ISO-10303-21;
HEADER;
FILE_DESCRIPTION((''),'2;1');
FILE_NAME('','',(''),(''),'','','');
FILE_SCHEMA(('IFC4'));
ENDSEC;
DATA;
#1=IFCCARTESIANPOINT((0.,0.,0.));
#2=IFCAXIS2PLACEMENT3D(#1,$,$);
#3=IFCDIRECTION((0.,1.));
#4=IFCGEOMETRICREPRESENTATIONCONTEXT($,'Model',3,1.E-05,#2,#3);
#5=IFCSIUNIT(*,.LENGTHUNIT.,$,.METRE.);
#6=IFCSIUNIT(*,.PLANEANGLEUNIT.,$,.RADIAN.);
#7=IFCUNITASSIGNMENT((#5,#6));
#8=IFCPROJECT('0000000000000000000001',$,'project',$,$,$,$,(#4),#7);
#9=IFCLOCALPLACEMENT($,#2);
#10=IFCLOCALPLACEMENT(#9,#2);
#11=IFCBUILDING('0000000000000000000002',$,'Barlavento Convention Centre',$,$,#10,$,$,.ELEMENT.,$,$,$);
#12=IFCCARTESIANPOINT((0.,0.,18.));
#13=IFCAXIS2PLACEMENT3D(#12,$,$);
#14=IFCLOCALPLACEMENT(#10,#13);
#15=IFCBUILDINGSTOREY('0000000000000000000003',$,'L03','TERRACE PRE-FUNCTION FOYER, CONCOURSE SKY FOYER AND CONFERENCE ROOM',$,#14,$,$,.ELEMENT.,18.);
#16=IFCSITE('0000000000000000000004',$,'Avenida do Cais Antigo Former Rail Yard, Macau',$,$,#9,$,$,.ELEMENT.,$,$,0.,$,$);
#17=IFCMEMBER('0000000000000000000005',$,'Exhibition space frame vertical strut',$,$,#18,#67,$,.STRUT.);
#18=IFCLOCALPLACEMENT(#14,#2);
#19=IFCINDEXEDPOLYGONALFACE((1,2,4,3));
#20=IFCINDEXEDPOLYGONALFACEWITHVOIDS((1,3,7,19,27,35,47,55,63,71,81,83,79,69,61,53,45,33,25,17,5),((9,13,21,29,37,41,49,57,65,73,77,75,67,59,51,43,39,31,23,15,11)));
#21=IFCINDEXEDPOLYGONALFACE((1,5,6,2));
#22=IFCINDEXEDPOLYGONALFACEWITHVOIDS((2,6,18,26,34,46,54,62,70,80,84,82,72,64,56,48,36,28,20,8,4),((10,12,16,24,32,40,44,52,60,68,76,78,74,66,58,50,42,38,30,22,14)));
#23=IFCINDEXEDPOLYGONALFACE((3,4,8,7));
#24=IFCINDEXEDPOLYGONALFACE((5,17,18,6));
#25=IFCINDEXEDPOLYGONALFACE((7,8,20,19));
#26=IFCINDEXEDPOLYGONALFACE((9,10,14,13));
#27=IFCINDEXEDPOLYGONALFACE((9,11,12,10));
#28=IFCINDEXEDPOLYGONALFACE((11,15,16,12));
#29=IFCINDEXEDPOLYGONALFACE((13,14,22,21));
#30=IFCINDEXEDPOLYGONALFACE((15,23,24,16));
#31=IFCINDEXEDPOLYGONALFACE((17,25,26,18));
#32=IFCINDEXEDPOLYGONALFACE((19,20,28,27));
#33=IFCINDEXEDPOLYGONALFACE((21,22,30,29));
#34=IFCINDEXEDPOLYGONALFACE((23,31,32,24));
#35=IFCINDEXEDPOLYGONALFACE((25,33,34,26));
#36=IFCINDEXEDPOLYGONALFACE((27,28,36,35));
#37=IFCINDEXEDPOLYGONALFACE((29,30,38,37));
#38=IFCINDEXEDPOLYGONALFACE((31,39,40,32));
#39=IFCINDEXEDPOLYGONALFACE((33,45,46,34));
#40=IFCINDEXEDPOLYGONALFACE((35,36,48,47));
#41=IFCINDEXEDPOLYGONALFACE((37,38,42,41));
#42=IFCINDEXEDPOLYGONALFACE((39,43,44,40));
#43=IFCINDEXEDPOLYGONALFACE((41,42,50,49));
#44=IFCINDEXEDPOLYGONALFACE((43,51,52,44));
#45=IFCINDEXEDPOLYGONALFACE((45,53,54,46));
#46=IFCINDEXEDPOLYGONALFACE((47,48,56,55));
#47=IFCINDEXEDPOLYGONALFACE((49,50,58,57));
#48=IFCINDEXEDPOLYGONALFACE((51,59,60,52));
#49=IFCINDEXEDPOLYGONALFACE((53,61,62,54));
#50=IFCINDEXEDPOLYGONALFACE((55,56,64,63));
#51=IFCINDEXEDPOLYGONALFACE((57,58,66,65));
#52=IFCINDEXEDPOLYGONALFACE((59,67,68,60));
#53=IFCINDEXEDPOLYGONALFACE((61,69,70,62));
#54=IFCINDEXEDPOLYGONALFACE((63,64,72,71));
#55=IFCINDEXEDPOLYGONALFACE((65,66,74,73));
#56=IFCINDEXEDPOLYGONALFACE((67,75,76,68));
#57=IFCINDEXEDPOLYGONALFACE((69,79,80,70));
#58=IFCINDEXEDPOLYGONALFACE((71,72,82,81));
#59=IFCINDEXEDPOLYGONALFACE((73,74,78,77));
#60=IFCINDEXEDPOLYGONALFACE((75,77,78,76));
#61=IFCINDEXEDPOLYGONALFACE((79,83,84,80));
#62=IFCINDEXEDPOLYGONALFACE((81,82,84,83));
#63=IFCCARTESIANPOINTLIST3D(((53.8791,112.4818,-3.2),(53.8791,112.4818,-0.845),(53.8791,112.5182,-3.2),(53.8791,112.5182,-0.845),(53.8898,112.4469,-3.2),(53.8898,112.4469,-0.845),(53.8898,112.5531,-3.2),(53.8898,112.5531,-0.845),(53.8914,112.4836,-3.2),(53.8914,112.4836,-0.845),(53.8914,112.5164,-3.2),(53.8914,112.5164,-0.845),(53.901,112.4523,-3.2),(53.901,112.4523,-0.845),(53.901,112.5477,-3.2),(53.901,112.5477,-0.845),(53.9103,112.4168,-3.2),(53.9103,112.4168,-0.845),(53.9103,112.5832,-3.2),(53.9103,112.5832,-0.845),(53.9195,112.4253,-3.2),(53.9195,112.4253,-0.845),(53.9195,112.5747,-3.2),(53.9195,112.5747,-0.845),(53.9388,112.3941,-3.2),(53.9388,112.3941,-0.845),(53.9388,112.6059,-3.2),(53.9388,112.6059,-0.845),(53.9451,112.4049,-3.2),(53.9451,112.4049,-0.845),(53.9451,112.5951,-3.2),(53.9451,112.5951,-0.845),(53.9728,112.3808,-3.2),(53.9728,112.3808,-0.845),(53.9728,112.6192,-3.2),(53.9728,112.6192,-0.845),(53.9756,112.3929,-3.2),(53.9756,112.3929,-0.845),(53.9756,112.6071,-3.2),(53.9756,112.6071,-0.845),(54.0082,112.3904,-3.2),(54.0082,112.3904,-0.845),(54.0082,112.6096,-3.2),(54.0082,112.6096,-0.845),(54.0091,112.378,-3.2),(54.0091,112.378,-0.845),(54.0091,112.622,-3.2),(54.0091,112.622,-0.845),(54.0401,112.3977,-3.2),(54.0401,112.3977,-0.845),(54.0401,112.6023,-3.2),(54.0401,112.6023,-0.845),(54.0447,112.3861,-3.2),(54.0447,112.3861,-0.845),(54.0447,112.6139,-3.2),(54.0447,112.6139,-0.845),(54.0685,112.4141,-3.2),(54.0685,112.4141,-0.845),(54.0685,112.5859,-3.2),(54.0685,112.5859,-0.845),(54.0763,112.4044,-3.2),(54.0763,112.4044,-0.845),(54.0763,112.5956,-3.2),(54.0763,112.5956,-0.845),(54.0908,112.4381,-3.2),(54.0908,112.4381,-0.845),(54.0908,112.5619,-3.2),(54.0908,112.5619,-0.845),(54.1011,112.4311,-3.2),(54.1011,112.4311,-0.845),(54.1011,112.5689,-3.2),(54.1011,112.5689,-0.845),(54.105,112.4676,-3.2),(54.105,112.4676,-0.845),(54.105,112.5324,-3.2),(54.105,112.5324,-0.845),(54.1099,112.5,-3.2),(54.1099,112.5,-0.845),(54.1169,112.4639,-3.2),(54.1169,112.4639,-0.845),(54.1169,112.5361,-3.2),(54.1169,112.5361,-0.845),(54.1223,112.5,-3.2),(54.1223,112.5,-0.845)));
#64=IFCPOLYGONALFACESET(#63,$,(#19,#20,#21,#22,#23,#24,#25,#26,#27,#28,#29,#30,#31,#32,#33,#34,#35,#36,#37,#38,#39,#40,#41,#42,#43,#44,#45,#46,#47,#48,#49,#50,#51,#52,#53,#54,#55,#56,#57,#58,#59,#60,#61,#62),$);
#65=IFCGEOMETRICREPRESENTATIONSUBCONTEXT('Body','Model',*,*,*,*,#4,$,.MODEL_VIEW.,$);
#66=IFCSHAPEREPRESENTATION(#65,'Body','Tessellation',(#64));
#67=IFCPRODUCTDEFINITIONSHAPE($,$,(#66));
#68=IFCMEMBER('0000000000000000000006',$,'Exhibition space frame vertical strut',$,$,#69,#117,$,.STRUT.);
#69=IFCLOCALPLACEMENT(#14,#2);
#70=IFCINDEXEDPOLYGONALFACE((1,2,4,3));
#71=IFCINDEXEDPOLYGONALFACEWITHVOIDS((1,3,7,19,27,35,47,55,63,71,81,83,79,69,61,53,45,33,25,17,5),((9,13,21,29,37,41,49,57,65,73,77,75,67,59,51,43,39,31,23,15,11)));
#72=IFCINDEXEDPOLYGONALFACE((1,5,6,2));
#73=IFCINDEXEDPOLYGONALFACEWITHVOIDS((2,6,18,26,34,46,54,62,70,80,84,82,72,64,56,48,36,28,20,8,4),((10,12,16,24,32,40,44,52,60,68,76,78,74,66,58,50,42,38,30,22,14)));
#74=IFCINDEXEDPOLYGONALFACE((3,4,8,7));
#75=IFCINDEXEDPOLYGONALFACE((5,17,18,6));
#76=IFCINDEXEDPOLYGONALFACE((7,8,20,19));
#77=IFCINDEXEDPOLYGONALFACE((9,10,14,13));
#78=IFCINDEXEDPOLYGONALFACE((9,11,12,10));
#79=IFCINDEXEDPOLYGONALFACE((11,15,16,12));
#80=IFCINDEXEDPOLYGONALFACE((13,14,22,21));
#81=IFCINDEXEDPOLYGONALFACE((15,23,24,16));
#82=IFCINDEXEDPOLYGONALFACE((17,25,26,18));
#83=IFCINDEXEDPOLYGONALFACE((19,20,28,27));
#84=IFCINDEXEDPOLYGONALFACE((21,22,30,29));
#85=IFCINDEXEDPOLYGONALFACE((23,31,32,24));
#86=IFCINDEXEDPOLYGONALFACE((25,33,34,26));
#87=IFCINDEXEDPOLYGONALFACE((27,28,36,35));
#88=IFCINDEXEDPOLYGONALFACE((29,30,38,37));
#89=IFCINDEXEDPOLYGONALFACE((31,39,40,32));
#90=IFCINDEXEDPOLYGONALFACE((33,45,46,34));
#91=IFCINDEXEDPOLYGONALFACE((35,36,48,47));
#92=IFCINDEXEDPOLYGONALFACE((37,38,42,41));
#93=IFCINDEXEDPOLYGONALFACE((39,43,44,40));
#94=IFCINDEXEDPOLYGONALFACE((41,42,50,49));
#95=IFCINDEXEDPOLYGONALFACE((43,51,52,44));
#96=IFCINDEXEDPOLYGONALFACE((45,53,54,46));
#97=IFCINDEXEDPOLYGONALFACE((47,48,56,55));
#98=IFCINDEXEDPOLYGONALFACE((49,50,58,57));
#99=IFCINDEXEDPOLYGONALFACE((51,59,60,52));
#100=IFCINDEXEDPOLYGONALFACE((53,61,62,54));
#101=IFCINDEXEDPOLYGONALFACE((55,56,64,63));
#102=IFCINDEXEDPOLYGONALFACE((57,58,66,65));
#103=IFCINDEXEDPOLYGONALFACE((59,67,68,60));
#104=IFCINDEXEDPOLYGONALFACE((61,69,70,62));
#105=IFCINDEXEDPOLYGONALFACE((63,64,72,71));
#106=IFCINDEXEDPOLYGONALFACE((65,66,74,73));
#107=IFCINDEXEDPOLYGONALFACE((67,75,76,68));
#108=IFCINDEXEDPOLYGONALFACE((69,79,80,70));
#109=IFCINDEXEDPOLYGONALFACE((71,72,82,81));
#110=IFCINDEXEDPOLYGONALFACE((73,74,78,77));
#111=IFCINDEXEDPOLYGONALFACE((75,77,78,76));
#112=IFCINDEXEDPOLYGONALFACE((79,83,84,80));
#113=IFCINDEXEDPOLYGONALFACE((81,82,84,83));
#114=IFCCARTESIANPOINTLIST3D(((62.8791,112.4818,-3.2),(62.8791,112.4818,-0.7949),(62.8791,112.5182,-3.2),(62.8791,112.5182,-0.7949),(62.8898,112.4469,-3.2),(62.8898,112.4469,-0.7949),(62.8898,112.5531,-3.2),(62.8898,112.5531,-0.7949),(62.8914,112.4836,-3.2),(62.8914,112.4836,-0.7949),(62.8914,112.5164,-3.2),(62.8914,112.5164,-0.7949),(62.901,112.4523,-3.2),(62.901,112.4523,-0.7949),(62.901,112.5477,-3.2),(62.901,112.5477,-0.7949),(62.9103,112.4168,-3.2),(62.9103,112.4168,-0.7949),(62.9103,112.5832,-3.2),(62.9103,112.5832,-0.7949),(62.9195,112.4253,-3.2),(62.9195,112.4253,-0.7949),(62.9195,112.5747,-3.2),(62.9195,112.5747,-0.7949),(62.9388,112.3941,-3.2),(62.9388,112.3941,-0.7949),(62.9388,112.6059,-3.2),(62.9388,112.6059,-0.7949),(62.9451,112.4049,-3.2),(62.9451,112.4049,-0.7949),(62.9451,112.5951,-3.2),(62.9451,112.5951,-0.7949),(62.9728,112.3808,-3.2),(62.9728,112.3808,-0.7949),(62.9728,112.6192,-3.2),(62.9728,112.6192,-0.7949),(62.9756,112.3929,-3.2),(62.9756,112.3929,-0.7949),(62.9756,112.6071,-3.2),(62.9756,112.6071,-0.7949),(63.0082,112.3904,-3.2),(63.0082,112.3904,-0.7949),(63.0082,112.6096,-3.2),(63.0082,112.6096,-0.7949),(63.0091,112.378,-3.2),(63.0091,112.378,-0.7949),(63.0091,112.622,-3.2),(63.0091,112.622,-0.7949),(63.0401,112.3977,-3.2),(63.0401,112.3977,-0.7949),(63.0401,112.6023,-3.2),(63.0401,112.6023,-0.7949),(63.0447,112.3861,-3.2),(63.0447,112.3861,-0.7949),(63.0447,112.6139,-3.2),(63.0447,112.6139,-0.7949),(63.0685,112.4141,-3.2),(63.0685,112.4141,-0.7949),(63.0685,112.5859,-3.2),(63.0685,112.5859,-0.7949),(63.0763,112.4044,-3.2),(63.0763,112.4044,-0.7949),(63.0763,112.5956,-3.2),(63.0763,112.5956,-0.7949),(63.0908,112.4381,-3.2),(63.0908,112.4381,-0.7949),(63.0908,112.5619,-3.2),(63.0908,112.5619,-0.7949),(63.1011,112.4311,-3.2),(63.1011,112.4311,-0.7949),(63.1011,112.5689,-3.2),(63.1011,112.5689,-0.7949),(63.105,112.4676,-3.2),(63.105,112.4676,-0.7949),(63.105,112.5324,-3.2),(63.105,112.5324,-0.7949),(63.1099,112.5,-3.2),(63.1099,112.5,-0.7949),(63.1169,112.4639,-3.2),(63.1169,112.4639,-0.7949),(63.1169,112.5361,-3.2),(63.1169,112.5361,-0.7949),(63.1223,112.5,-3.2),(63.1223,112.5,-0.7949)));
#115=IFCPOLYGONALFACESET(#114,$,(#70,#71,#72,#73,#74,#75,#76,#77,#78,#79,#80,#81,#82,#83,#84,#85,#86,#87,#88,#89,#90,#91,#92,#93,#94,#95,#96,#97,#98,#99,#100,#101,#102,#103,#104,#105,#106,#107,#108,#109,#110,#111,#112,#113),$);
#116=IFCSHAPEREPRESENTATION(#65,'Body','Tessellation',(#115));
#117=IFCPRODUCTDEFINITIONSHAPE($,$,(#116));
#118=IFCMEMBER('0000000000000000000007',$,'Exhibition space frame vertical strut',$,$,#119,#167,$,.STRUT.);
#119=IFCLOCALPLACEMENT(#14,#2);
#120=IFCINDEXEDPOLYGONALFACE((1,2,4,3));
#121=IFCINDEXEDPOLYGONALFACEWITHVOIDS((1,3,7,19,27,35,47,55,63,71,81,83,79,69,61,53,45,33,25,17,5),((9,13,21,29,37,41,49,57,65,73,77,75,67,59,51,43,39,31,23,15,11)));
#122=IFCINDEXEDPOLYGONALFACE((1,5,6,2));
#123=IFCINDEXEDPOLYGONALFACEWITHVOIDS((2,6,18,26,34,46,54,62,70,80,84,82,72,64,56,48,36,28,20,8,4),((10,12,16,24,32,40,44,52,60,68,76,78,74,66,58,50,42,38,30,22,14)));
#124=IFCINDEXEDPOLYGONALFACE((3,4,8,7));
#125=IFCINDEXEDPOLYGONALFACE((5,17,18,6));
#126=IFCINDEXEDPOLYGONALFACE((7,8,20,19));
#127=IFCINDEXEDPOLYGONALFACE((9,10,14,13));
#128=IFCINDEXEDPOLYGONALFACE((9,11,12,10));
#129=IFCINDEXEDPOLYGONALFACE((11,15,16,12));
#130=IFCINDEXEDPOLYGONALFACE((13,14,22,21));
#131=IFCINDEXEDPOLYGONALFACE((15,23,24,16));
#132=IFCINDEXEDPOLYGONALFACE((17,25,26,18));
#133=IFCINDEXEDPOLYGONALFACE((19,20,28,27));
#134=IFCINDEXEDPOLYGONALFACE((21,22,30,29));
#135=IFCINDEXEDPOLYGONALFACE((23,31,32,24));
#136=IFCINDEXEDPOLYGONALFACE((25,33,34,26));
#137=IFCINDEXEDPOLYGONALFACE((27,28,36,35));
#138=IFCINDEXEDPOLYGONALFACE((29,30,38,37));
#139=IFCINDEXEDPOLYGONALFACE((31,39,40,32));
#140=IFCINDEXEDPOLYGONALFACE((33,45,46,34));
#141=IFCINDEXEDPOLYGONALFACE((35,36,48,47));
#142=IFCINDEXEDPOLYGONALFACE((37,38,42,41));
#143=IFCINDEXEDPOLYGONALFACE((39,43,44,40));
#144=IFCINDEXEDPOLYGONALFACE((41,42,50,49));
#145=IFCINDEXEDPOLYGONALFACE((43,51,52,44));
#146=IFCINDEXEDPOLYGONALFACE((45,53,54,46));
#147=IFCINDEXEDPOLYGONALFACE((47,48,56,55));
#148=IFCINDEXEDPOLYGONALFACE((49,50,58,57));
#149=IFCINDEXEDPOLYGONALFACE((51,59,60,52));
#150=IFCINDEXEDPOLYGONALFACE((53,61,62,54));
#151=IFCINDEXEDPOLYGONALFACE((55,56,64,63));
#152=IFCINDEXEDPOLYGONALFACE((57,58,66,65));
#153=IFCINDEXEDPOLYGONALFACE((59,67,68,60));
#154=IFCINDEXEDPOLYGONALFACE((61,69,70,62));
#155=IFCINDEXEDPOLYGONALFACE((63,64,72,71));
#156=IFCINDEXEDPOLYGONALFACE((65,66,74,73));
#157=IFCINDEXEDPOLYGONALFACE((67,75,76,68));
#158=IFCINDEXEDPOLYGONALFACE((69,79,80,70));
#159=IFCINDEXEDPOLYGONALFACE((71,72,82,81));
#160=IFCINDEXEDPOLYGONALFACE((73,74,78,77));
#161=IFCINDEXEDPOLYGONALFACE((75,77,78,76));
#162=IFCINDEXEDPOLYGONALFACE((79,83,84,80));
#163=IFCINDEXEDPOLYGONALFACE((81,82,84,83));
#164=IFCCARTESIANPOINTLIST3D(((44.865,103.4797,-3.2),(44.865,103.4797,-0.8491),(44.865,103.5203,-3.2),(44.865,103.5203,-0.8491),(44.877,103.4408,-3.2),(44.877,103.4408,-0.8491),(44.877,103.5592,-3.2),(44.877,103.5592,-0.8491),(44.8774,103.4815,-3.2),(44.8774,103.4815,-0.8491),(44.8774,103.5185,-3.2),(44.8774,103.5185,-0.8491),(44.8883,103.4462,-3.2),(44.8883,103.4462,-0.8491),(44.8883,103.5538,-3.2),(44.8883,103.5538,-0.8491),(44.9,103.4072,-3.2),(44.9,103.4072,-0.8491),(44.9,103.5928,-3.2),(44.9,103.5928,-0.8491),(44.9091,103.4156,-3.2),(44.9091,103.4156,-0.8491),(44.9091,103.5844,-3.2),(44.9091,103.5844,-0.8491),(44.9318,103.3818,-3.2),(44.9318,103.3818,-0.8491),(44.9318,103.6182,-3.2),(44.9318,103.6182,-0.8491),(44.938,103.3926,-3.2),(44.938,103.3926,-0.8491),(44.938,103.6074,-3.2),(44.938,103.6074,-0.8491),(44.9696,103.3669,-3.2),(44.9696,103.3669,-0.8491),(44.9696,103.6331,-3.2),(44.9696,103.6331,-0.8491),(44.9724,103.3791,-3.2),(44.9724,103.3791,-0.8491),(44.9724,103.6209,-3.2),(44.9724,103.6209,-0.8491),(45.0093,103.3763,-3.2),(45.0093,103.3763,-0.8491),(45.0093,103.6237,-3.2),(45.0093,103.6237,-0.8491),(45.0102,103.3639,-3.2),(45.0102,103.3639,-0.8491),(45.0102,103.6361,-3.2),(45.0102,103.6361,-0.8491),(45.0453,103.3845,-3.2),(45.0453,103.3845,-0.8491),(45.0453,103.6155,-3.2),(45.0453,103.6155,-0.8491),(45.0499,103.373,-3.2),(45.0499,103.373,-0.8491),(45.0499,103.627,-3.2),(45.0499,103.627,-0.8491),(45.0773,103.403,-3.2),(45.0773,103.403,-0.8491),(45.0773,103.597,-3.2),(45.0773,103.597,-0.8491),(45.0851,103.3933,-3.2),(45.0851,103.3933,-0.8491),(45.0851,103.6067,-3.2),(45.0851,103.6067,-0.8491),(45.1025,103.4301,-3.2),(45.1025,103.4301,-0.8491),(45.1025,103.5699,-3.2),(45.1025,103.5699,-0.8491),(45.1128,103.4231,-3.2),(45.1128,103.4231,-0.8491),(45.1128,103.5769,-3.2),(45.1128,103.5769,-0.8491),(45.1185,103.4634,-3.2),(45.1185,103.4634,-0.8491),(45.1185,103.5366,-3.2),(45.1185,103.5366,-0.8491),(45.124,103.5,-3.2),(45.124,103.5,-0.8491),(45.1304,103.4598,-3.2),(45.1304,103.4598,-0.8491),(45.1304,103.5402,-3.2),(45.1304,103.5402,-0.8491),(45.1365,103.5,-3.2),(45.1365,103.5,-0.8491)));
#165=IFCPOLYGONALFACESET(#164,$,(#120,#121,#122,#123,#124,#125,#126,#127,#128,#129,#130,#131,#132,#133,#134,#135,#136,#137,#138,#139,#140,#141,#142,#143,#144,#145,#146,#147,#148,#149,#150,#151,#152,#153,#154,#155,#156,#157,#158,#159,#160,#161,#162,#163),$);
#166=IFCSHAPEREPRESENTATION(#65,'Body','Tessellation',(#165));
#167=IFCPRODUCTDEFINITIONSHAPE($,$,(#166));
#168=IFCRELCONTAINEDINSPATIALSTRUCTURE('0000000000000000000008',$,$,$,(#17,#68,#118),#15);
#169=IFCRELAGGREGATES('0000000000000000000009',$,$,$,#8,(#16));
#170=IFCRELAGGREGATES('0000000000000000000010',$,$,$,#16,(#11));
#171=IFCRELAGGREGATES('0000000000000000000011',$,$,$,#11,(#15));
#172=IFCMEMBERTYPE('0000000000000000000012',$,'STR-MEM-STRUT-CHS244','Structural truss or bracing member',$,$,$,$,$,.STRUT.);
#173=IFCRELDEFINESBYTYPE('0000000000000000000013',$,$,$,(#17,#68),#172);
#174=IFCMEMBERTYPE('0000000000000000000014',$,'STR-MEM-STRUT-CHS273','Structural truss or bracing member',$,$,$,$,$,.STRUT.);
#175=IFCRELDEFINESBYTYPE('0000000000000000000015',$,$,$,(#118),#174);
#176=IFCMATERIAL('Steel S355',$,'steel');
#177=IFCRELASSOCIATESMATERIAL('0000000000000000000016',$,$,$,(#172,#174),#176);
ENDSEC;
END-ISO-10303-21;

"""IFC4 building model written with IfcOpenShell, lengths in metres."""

from ifc_helpers import new_model, si_unit, direction, frame, origin, origin_2d, place, context, subcontext, project, spatial, hollow_circle, extrude, material, material_profile, profile_set, type_object, element, save


model = new_model("IFC4")

# Units and contexts
model_context = context("Model", 3, precision=1e-05, world=origin(), true_north=direction((0.0, 1.0)))
body_context = subcontext(model_context, "Body", "Model", "MODEL_VIEW")
ifc_project = project(units=[si_unit("LENGTHUNIT", "METRE"), si_unit("PLANEANGLEUNIT", "RADIAN")], contexts=[model_context])

# Site, building, storey
site_placement = place(None, origin())
site = spatial("IfcSite", under=ifc_project, at=site_placement, Name="Avenida do Cais Antigo Former Rail Yard, Macau", CompositionType="ELEMENT", RefElevation=0.0)
building_placement = place(site_placement, origin())
building = spatial("IfcBuilding", under=site, at=building_placement, Name="Barlavento Convention Centre", CompositionType="ELEMENT")
storey_placement = place(building_placement, frame((0.0, 0.0, 18.0)))
storey = spatial("IfcBuildingStorey", under=building, at=storey_placement, Name="L03", Description="TERRACE PRE-FUNCTION FOYER, CONCOURSE SKY FOYER AND CONFERENCE ROOM", CompositionType="ELEMENT", Elevation=18.0)

# Shared definitions
ifc_material_1 = material(Name="Steel S355", Category="steel")

# Members
ifc_material_profile_1 = material_profile(ifc_material_1, hollow_circle(Radius=0.1223, WallThickness=0.0125, at=origin_2d()), Name="CHS 244.5x12.5")
ifc_profile_set_1 = profile_set([ifc_material_profile_1], Name="Steel S355")
member_type_1 = type_object("IfcMemberType", Name="STR-MEM-STRUT-CHS244", Description="Structural truss or bracing member", PredefinedType="STRUT", material=ifc_profile_set_1)
member_1_placement = place(storey_placement, frame((54.0, 112.5, -3.2), z_axis=(0.0, 0.0, 1.0), x_axis=(1.0, 0.0, 0.0)))
element("IfcMember", 1, at=member_1_placement, inside=storey, type_object=member_type_1, Name="Exhibition space frame vertical strut", PredefinedType="STRUT", context=body_context, shape_type="SweptSolid", body=[
    extrude(hollow_circle(Radius=0.1223, WallThickness=0.0125, at=origin_2d()), origin(), (0.0, 0.0, 1.0), 2.355),
])
member_2_placement = place(storey_placement, frame((63.0, 112.5, -3.2), z_axis=(0.0, 0.0, 1.0), x_axis=(1.0, 0.0, 0.0)))
element("IfcMember", 2, at=member_2_placement, inside=storey, type_object=member_type_1, Name="Exhibition space frame vertical strut", PredefinedType="STRUT", context=body_context, shape_type="SweptSolid", body=[
    extrude(hollow_circle(Radius=0.1223, WallThickness=0.0125, at=origin_2d()), origin(), (0.0, 0.0, 1.0), 2.405),
])
ifc_material_profile_2 = material_profile(ifc_material_1, hollow_circle(Radius=0.1365, WallThickness=0.0125, at=origin_2d()), Name="CHS 273.0x12.5")
ifc_profile_set_2 = profile_set([ifc_material_profile_2], Name="Steel S355")
member_type_2 = type_object("IfcMemberType", Name="STR-MEM-STRUT-CHS273", Description="Structural truss or bracing member", PredefinedType="STRUT", material=ifc_profile_set_2)
member_3_placement = place(storey_placement, frame((45.0, 103.5, -3.2), z_axis=(0.0, 0.0, 1.0), x_axis=(1.0, 0.0, 0.0)))
element("IfcMember", 3, at=member_3_placement, inside=storey, type_object=member_type_2, Name="Exhibition space frame vertical strut", PredefinedType="STRUT", context=body_context, shape_type="SweptSolid", body=[
    extrude(hollow_circle(Radius=0.1365, WallThickness=0.0125, at=origin_2d()), origin(), (0.0, 0.0, 1.0), 2.3508),
])

save(model, "model.ifc")
